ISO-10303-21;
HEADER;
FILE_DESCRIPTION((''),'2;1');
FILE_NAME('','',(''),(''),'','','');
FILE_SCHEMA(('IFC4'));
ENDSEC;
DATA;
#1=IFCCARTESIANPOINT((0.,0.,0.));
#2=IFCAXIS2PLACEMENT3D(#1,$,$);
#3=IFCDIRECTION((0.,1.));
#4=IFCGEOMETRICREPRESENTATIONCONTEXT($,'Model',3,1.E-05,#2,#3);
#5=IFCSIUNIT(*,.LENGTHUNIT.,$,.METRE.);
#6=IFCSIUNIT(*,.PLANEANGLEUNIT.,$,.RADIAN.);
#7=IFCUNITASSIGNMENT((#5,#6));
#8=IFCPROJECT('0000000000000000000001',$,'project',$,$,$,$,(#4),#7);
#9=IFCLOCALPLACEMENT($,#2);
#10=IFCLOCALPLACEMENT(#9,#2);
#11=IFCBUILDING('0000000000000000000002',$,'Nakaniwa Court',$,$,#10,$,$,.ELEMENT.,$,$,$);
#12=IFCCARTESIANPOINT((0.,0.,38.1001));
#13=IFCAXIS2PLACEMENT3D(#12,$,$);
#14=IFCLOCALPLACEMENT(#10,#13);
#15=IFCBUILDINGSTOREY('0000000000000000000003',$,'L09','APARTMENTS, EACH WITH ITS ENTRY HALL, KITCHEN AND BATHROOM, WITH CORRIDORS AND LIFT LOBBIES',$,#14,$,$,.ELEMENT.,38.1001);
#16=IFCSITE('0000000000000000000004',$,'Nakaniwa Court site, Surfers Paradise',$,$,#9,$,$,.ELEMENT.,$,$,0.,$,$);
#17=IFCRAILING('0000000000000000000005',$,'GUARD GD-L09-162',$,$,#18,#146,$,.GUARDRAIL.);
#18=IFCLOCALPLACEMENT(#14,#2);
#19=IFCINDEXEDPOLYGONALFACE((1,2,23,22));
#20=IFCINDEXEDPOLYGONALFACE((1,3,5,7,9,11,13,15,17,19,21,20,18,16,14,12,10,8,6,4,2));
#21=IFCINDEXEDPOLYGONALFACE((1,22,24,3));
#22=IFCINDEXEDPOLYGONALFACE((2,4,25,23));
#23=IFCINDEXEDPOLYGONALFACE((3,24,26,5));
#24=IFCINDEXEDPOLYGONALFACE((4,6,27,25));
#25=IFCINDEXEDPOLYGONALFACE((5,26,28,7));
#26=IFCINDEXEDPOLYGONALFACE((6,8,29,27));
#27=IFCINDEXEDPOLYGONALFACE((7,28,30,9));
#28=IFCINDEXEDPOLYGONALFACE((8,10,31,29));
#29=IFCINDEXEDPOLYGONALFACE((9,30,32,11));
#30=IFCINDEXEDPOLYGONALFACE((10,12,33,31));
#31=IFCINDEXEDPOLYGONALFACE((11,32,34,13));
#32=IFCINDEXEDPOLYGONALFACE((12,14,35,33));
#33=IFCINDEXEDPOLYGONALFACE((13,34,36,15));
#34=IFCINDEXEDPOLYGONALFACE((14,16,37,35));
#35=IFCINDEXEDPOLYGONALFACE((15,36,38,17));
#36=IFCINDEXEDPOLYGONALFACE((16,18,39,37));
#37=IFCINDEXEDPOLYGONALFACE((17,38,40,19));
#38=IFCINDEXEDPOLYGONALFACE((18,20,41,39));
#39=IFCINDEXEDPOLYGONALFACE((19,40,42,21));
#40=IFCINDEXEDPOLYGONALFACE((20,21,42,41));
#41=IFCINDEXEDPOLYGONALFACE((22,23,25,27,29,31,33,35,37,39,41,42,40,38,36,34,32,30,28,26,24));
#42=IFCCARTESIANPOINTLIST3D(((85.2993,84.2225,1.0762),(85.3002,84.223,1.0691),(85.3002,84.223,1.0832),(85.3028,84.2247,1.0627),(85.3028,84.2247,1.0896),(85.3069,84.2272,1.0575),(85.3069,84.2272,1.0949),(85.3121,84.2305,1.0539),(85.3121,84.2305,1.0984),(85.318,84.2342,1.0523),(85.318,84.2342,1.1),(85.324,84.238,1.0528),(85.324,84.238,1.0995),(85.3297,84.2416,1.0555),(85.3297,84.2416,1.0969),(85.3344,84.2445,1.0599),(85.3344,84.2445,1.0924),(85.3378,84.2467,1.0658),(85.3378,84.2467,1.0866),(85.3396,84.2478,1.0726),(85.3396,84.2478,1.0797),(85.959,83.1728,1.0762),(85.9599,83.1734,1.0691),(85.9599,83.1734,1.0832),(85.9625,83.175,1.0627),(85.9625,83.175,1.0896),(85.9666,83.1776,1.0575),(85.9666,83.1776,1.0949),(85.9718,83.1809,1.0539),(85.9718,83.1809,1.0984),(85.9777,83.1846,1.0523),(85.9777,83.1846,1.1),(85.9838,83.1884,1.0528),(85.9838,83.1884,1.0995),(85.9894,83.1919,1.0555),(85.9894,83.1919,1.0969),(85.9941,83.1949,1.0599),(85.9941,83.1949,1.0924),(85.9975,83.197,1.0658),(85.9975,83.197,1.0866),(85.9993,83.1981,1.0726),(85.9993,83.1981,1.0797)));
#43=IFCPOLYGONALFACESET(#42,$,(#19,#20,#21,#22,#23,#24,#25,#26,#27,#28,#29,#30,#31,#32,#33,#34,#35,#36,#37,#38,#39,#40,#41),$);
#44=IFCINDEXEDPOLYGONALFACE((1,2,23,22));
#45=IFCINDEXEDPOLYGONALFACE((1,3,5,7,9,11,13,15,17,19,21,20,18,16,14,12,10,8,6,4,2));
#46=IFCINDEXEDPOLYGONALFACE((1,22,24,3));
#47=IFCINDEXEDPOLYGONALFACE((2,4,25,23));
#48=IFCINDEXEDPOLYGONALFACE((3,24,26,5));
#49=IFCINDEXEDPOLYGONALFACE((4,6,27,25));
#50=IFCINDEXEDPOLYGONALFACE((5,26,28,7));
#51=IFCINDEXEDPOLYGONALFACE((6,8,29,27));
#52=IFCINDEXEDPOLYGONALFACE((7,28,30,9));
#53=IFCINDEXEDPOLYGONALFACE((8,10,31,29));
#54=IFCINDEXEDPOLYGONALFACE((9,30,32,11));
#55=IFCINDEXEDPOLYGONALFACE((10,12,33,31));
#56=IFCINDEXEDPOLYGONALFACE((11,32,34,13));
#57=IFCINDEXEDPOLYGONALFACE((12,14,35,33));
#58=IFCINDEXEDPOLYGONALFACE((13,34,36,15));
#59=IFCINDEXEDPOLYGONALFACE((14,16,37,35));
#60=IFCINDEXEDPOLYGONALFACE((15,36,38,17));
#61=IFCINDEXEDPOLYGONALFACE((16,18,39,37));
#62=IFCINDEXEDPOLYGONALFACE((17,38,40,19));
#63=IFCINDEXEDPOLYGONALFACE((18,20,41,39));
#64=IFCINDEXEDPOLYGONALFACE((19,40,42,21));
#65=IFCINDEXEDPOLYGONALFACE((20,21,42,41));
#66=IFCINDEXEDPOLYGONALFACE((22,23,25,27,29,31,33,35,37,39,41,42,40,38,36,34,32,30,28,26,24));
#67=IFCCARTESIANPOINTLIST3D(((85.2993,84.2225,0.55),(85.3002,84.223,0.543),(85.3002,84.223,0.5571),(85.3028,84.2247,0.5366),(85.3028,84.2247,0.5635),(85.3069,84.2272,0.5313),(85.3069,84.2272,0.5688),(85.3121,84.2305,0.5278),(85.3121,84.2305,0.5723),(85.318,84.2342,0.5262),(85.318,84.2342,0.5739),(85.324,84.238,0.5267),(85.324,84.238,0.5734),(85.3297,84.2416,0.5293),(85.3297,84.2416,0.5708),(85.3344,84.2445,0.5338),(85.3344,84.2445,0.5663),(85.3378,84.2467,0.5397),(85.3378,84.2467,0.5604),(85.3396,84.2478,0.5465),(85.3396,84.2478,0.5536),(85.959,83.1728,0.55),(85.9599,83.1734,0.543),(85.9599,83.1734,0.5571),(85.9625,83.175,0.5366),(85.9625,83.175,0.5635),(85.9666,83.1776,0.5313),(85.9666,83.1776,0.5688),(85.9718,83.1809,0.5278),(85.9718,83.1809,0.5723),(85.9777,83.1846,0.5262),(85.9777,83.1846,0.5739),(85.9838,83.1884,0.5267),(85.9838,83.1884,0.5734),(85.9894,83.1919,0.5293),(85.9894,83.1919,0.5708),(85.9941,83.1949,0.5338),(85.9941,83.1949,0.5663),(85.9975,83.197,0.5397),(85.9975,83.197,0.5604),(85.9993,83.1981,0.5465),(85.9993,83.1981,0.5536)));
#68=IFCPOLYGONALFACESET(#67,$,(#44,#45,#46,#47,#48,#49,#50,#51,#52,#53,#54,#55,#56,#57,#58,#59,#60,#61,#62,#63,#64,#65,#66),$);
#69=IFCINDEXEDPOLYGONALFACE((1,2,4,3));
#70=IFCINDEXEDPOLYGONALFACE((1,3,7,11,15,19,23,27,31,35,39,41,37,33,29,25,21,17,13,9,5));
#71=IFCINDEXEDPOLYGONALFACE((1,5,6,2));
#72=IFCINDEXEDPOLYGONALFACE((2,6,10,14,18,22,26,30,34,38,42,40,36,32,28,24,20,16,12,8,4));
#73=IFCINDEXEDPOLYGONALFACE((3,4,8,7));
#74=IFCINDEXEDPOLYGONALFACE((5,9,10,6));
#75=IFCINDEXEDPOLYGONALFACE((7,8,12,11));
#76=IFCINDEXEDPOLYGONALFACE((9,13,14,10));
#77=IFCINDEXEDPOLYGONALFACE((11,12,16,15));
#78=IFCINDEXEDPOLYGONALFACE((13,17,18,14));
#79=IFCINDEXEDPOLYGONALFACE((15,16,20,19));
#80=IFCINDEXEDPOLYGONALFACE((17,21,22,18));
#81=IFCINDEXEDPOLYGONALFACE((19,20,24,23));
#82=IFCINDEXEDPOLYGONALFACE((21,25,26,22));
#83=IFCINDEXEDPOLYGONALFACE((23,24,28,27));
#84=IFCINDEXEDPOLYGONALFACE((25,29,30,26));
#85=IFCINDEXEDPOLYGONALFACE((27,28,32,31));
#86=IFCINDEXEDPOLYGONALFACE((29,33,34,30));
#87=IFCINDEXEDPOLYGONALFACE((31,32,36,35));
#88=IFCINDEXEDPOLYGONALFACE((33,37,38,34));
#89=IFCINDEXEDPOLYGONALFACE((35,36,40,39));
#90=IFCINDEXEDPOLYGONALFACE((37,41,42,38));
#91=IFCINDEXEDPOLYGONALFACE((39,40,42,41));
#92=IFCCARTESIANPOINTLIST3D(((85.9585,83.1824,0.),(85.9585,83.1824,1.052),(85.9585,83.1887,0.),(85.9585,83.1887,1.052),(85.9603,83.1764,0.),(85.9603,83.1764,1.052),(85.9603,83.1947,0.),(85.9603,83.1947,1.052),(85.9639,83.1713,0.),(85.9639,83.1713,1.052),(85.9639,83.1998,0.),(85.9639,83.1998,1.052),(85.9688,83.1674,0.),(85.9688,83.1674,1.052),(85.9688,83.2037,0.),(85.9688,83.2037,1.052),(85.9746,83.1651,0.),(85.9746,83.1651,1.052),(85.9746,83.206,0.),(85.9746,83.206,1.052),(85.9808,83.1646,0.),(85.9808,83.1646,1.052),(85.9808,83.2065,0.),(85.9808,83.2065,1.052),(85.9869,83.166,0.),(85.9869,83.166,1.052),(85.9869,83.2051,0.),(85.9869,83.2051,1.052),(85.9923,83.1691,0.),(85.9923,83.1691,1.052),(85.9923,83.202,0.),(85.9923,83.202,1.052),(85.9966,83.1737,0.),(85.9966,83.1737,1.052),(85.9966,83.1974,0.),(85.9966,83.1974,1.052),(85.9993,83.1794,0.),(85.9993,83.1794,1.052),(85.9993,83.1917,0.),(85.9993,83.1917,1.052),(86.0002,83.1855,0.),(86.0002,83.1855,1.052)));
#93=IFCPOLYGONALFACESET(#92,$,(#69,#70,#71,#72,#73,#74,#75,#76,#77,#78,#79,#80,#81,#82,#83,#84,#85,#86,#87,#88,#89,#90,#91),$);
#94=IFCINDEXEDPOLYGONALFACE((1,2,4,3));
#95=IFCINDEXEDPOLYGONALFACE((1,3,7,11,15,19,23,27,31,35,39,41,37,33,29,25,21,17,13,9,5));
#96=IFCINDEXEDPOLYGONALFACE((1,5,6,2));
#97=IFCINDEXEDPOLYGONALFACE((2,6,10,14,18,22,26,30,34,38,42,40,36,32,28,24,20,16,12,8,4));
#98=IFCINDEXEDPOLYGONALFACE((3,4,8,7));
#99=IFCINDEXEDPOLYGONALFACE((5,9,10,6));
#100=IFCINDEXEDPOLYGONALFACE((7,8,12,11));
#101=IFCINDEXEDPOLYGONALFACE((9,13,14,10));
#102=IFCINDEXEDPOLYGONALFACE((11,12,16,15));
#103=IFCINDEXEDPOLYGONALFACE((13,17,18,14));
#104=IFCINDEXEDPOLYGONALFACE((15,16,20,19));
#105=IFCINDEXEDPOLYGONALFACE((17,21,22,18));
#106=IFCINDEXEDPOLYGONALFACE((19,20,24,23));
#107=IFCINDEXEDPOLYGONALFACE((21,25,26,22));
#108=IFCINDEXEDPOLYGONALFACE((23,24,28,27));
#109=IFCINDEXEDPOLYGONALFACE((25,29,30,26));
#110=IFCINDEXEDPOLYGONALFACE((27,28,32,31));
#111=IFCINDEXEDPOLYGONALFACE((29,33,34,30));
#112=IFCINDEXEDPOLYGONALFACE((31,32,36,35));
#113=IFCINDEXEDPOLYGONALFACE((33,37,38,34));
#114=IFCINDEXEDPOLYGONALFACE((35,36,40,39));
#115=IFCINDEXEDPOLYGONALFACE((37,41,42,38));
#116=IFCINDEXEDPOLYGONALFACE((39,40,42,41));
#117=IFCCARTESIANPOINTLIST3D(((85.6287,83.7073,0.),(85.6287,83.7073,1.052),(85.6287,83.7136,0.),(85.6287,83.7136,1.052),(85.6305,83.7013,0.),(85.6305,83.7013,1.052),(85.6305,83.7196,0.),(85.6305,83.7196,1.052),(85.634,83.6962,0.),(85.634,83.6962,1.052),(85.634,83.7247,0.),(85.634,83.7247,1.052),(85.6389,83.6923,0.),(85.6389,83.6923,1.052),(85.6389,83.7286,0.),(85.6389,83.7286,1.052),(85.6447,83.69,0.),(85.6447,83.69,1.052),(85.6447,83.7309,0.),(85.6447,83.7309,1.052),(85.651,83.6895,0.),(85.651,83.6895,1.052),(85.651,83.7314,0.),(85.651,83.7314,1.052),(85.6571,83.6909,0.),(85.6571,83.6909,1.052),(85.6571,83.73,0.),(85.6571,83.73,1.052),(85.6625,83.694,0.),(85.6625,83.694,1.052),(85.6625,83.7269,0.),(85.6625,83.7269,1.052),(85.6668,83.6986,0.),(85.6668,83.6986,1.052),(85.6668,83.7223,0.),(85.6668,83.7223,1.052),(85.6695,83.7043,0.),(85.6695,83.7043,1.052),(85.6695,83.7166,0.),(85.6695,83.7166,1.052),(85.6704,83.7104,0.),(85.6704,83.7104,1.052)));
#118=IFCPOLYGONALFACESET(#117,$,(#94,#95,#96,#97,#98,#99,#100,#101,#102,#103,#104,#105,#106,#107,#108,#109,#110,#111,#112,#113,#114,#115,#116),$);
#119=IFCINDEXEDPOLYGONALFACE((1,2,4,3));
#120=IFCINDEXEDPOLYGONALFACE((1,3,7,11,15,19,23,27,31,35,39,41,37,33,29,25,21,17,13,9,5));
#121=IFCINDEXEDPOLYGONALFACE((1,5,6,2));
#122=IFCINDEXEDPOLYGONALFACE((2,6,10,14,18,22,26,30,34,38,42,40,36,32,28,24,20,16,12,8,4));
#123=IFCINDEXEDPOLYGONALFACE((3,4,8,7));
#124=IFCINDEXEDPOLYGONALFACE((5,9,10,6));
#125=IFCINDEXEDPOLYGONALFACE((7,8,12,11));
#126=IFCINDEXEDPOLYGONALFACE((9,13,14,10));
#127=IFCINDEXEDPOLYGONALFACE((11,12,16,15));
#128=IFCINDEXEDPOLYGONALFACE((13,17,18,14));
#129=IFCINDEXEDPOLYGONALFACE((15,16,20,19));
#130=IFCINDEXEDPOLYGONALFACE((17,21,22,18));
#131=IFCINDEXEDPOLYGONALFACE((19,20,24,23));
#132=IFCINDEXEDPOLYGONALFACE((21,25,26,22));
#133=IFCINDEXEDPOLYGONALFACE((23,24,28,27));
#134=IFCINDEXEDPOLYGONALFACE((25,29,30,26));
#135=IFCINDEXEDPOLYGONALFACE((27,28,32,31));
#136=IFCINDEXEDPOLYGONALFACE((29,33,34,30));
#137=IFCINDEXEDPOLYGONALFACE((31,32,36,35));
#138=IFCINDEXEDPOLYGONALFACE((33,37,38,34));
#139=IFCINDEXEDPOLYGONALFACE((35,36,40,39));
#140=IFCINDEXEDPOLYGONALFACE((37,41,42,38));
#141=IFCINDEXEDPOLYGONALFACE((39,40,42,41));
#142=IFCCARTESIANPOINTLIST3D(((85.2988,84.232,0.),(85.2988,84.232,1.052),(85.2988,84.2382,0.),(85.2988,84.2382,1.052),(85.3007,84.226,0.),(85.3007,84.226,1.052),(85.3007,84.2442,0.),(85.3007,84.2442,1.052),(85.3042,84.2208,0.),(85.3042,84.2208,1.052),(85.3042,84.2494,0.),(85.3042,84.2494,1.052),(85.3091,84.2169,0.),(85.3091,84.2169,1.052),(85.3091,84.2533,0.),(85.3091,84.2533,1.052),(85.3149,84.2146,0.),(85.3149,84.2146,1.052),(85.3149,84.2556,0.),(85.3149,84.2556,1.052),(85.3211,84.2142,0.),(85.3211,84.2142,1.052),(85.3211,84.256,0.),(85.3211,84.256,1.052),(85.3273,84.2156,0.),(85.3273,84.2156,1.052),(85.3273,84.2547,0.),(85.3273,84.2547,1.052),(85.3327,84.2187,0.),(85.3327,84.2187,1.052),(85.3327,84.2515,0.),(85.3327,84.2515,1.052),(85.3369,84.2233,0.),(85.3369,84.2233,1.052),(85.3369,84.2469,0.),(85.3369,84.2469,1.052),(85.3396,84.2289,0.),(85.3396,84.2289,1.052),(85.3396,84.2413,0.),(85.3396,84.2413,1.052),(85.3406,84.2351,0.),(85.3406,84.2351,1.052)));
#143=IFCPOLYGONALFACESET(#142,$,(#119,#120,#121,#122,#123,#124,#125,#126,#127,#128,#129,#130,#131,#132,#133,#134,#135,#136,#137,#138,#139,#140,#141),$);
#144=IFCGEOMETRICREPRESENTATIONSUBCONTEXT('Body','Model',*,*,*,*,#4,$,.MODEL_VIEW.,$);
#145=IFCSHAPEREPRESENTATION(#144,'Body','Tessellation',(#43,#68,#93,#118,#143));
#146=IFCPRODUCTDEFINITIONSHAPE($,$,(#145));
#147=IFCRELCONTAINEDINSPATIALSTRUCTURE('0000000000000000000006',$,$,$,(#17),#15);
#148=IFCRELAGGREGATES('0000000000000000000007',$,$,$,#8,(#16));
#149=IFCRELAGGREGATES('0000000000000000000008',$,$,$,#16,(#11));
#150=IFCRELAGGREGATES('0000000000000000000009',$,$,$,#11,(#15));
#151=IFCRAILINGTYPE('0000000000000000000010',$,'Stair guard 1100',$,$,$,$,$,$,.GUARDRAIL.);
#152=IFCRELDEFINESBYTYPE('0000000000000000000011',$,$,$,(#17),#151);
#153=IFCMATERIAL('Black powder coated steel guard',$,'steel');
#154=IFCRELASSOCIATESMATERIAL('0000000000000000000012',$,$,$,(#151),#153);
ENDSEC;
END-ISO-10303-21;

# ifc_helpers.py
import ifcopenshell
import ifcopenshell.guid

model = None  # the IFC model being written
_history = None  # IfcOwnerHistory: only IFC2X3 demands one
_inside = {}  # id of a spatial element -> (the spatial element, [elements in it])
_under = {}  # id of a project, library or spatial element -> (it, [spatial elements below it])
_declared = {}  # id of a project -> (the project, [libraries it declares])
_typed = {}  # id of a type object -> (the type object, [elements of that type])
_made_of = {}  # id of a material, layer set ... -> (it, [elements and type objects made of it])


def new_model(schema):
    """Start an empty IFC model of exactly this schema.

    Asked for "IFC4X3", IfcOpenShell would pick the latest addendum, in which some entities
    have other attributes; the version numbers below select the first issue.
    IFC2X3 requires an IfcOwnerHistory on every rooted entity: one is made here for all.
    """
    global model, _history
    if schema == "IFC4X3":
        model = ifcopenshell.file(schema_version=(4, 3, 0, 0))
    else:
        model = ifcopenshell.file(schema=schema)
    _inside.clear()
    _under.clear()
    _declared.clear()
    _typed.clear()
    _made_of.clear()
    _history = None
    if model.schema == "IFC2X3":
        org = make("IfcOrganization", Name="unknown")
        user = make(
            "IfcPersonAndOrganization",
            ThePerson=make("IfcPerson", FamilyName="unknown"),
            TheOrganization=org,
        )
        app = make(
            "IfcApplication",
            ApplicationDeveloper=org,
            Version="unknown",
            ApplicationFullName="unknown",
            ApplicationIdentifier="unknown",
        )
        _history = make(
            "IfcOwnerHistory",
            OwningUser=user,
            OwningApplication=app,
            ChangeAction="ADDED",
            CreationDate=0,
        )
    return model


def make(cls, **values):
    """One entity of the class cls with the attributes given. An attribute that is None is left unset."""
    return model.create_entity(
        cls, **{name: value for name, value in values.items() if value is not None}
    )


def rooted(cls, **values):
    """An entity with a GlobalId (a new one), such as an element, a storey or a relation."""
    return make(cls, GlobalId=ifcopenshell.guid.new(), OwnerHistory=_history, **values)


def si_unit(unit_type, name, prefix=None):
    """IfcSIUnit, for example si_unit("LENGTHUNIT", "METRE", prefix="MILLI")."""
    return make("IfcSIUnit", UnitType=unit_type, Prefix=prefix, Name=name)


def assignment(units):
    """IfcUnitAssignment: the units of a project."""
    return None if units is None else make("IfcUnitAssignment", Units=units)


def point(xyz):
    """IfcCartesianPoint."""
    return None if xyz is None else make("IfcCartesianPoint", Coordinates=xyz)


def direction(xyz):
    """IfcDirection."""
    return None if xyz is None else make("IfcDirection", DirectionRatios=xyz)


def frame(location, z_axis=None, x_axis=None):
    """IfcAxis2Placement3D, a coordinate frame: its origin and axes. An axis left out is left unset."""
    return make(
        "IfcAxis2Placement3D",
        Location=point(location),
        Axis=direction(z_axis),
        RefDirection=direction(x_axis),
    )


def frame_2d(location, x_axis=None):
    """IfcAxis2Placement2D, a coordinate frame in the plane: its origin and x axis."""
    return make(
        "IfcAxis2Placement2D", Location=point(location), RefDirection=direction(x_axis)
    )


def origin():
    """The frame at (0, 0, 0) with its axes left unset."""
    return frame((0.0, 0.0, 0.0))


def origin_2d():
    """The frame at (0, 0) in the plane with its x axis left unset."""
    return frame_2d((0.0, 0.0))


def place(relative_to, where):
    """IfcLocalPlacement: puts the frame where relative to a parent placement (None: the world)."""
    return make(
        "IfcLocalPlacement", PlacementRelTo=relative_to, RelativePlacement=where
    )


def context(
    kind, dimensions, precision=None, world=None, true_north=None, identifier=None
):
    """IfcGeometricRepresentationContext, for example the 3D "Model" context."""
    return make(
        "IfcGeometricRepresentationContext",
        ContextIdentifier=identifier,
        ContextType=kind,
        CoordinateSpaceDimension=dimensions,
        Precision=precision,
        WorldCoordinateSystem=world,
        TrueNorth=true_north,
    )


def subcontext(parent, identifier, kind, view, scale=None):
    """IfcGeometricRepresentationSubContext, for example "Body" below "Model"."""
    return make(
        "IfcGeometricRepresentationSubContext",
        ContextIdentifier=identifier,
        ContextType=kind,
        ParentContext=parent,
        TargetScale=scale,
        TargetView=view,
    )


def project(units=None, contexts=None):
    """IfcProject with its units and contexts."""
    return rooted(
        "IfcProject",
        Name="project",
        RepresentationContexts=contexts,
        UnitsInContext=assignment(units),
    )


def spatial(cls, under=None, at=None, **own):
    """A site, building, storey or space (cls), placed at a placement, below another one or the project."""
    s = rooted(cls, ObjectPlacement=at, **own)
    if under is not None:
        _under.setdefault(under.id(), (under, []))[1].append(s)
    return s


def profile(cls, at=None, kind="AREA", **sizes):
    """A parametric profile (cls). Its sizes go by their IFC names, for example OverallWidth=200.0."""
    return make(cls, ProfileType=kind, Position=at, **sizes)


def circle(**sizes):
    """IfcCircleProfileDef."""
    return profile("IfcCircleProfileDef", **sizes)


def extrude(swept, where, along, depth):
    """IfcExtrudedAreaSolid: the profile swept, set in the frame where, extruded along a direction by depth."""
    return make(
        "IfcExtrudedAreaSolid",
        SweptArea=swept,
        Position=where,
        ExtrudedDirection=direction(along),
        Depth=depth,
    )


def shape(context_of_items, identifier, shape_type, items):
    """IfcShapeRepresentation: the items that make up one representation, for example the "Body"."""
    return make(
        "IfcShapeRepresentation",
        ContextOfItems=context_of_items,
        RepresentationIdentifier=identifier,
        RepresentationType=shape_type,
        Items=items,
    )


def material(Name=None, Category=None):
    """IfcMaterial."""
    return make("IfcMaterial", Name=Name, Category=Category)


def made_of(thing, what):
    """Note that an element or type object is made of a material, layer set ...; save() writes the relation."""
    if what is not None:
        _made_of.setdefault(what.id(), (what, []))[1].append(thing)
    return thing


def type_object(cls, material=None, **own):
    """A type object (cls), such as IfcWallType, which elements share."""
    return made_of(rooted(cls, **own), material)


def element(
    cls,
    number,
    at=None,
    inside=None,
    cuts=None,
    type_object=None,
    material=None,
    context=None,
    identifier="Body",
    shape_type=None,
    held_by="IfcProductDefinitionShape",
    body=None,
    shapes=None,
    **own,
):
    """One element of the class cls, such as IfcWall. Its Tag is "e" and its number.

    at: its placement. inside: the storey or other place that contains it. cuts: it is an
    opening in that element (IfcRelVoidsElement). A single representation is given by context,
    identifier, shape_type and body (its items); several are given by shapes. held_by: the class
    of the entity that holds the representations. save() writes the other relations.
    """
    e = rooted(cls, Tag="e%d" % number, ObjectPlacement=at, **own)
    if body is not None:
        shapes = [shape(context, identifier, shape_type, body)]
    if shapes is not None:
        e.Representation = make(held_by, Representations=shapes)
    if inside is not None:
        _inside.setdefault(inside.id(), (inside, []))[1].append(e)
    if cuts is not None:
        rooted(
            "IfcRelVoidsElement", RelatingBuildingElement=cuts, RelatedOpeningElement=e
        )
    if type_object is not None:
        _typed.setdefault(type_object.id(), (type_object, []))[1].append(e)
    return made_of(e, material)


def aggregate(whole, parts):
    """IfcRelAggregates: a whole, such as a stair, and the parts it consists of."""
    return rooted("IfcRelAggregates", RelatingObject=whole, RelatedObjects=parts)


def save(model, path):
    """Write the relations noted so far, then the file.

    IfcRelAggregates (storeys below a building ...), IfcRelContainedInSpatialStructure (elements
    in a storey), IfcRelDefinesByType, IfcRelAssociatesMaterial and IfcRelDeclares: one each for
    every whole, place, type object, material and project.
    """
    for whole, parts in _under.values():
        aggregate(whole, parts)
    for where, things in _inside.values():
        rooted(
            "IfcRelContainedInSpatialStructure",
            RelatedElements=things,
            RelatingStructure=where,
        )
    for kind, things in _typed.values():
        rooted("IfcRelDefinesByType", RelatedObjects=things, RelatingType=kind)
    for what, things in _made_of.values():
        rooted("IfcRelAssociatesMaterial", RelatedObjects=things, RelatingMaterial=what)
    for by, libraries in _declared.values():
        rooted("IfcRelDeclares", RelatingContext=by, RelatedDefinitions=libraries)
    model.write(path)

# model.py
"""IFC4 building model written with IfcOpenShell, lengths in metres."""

from ifc_helpers import new_model, si_unit, direction, frame, origin, origin_2d, place, context, subcontext, project, spatial, circle, extrude, material, type_object, element, save


model = new_model("IFC4")

# Units and contexts
model_context = context("Model", 3, precision=1e-05, world=origin(), true_north=direction((0.0, 1.0)))
body_context = subcontext(model_context, "Body", "Model", "MODEL_VIEW")
ifc_project = project(units=[si_unit("LENGTHUNIT", "METRE"), si_unit("PLANEANGLEUNIT", "RADIAN")], contexts=[model_context])

# Site, building, storey
site_placement = place(None, origin())
site = spatial("IfcSite", under=ifc_project, at=site_placement, Name="Nakaniwa Court site, Surfers Paradise", CompositionType="ELEMENT", RefElevation=0.0)
building_placement = place(site_placement, origin())
building = spatial("IfcBuilding", under=site, at=building_placement, Name="Nakaniwa Court", CompositionType="ELEMENT")
storey_placement = place(building_placement, frame((0.0, 0.0, 38.1001)))
storey = spatial("IfcBuildingStorey", under=building, at=storey_placement, Name="L09", Description="APARTMENTS, EACH WITH ITS ENTRY HALL, KITCHEN AND BATHROOM, WITH CORRIDORS AND LIFT LOBBIES", CompositionType="ELEMENT", Elevation=38.1001)

# Railing
ifc_material_1 = material(Name="Black powder coated steel guard", Category="steel")
railing_type = type_object("IfcRailingType", Name="Stair guard 1100", PredefinedType="GUARDRAIL", material=ifc_material_1)
railing_1_placement = place(storey_placement, frame((85.9792, 83.1855, 0.0)))
element("IfcRailing", 1, at=railing_1_placement, inside=storey, type_object=railing_type, Name="GUARD GD-L09-162", PredefinedType="GUARDRAIL", context=body_context, shape_type="SweptSolid", body=[
    extrude(circle(Radius=0.0239, at=origin_2d()), frame((0.0, 0.0, 1.0762), z_axis=(-0.532139, 0.846657, 0.0), x_axis=(-0.846657, -0.532139, 0.0)), (0.0, 0.0, 1.0), 1.2397),
    extrude(circle(Radius=0.0239, at=origin_2d()), frame((0.0, 0.0, 0.55), z_axis=(-0.532139, 0.846657, 0.0), x_axis=(-0.846657, -0.532139, 0.0)), (0.0, 0.0, 1.0), 1.2397),
    extrude(circle(Radius=0.021, at=origin_2d()), origin(), (0.0, 0.0, 1.0), 1.052),
    extrude(circle(Radius=0.021, at=origin_2d()), frame((-0.3298, 0.5249, 0.0)), (0.0, 0.0, 1.0), 1.052),
    extrude(circle(Radius=0.021, at=origin_2d()), frame((-0.6597, 1.0496, 0.0)), (0.0, 0.0, 1.0), 1.052),
])

save(model, "model.ifc")
